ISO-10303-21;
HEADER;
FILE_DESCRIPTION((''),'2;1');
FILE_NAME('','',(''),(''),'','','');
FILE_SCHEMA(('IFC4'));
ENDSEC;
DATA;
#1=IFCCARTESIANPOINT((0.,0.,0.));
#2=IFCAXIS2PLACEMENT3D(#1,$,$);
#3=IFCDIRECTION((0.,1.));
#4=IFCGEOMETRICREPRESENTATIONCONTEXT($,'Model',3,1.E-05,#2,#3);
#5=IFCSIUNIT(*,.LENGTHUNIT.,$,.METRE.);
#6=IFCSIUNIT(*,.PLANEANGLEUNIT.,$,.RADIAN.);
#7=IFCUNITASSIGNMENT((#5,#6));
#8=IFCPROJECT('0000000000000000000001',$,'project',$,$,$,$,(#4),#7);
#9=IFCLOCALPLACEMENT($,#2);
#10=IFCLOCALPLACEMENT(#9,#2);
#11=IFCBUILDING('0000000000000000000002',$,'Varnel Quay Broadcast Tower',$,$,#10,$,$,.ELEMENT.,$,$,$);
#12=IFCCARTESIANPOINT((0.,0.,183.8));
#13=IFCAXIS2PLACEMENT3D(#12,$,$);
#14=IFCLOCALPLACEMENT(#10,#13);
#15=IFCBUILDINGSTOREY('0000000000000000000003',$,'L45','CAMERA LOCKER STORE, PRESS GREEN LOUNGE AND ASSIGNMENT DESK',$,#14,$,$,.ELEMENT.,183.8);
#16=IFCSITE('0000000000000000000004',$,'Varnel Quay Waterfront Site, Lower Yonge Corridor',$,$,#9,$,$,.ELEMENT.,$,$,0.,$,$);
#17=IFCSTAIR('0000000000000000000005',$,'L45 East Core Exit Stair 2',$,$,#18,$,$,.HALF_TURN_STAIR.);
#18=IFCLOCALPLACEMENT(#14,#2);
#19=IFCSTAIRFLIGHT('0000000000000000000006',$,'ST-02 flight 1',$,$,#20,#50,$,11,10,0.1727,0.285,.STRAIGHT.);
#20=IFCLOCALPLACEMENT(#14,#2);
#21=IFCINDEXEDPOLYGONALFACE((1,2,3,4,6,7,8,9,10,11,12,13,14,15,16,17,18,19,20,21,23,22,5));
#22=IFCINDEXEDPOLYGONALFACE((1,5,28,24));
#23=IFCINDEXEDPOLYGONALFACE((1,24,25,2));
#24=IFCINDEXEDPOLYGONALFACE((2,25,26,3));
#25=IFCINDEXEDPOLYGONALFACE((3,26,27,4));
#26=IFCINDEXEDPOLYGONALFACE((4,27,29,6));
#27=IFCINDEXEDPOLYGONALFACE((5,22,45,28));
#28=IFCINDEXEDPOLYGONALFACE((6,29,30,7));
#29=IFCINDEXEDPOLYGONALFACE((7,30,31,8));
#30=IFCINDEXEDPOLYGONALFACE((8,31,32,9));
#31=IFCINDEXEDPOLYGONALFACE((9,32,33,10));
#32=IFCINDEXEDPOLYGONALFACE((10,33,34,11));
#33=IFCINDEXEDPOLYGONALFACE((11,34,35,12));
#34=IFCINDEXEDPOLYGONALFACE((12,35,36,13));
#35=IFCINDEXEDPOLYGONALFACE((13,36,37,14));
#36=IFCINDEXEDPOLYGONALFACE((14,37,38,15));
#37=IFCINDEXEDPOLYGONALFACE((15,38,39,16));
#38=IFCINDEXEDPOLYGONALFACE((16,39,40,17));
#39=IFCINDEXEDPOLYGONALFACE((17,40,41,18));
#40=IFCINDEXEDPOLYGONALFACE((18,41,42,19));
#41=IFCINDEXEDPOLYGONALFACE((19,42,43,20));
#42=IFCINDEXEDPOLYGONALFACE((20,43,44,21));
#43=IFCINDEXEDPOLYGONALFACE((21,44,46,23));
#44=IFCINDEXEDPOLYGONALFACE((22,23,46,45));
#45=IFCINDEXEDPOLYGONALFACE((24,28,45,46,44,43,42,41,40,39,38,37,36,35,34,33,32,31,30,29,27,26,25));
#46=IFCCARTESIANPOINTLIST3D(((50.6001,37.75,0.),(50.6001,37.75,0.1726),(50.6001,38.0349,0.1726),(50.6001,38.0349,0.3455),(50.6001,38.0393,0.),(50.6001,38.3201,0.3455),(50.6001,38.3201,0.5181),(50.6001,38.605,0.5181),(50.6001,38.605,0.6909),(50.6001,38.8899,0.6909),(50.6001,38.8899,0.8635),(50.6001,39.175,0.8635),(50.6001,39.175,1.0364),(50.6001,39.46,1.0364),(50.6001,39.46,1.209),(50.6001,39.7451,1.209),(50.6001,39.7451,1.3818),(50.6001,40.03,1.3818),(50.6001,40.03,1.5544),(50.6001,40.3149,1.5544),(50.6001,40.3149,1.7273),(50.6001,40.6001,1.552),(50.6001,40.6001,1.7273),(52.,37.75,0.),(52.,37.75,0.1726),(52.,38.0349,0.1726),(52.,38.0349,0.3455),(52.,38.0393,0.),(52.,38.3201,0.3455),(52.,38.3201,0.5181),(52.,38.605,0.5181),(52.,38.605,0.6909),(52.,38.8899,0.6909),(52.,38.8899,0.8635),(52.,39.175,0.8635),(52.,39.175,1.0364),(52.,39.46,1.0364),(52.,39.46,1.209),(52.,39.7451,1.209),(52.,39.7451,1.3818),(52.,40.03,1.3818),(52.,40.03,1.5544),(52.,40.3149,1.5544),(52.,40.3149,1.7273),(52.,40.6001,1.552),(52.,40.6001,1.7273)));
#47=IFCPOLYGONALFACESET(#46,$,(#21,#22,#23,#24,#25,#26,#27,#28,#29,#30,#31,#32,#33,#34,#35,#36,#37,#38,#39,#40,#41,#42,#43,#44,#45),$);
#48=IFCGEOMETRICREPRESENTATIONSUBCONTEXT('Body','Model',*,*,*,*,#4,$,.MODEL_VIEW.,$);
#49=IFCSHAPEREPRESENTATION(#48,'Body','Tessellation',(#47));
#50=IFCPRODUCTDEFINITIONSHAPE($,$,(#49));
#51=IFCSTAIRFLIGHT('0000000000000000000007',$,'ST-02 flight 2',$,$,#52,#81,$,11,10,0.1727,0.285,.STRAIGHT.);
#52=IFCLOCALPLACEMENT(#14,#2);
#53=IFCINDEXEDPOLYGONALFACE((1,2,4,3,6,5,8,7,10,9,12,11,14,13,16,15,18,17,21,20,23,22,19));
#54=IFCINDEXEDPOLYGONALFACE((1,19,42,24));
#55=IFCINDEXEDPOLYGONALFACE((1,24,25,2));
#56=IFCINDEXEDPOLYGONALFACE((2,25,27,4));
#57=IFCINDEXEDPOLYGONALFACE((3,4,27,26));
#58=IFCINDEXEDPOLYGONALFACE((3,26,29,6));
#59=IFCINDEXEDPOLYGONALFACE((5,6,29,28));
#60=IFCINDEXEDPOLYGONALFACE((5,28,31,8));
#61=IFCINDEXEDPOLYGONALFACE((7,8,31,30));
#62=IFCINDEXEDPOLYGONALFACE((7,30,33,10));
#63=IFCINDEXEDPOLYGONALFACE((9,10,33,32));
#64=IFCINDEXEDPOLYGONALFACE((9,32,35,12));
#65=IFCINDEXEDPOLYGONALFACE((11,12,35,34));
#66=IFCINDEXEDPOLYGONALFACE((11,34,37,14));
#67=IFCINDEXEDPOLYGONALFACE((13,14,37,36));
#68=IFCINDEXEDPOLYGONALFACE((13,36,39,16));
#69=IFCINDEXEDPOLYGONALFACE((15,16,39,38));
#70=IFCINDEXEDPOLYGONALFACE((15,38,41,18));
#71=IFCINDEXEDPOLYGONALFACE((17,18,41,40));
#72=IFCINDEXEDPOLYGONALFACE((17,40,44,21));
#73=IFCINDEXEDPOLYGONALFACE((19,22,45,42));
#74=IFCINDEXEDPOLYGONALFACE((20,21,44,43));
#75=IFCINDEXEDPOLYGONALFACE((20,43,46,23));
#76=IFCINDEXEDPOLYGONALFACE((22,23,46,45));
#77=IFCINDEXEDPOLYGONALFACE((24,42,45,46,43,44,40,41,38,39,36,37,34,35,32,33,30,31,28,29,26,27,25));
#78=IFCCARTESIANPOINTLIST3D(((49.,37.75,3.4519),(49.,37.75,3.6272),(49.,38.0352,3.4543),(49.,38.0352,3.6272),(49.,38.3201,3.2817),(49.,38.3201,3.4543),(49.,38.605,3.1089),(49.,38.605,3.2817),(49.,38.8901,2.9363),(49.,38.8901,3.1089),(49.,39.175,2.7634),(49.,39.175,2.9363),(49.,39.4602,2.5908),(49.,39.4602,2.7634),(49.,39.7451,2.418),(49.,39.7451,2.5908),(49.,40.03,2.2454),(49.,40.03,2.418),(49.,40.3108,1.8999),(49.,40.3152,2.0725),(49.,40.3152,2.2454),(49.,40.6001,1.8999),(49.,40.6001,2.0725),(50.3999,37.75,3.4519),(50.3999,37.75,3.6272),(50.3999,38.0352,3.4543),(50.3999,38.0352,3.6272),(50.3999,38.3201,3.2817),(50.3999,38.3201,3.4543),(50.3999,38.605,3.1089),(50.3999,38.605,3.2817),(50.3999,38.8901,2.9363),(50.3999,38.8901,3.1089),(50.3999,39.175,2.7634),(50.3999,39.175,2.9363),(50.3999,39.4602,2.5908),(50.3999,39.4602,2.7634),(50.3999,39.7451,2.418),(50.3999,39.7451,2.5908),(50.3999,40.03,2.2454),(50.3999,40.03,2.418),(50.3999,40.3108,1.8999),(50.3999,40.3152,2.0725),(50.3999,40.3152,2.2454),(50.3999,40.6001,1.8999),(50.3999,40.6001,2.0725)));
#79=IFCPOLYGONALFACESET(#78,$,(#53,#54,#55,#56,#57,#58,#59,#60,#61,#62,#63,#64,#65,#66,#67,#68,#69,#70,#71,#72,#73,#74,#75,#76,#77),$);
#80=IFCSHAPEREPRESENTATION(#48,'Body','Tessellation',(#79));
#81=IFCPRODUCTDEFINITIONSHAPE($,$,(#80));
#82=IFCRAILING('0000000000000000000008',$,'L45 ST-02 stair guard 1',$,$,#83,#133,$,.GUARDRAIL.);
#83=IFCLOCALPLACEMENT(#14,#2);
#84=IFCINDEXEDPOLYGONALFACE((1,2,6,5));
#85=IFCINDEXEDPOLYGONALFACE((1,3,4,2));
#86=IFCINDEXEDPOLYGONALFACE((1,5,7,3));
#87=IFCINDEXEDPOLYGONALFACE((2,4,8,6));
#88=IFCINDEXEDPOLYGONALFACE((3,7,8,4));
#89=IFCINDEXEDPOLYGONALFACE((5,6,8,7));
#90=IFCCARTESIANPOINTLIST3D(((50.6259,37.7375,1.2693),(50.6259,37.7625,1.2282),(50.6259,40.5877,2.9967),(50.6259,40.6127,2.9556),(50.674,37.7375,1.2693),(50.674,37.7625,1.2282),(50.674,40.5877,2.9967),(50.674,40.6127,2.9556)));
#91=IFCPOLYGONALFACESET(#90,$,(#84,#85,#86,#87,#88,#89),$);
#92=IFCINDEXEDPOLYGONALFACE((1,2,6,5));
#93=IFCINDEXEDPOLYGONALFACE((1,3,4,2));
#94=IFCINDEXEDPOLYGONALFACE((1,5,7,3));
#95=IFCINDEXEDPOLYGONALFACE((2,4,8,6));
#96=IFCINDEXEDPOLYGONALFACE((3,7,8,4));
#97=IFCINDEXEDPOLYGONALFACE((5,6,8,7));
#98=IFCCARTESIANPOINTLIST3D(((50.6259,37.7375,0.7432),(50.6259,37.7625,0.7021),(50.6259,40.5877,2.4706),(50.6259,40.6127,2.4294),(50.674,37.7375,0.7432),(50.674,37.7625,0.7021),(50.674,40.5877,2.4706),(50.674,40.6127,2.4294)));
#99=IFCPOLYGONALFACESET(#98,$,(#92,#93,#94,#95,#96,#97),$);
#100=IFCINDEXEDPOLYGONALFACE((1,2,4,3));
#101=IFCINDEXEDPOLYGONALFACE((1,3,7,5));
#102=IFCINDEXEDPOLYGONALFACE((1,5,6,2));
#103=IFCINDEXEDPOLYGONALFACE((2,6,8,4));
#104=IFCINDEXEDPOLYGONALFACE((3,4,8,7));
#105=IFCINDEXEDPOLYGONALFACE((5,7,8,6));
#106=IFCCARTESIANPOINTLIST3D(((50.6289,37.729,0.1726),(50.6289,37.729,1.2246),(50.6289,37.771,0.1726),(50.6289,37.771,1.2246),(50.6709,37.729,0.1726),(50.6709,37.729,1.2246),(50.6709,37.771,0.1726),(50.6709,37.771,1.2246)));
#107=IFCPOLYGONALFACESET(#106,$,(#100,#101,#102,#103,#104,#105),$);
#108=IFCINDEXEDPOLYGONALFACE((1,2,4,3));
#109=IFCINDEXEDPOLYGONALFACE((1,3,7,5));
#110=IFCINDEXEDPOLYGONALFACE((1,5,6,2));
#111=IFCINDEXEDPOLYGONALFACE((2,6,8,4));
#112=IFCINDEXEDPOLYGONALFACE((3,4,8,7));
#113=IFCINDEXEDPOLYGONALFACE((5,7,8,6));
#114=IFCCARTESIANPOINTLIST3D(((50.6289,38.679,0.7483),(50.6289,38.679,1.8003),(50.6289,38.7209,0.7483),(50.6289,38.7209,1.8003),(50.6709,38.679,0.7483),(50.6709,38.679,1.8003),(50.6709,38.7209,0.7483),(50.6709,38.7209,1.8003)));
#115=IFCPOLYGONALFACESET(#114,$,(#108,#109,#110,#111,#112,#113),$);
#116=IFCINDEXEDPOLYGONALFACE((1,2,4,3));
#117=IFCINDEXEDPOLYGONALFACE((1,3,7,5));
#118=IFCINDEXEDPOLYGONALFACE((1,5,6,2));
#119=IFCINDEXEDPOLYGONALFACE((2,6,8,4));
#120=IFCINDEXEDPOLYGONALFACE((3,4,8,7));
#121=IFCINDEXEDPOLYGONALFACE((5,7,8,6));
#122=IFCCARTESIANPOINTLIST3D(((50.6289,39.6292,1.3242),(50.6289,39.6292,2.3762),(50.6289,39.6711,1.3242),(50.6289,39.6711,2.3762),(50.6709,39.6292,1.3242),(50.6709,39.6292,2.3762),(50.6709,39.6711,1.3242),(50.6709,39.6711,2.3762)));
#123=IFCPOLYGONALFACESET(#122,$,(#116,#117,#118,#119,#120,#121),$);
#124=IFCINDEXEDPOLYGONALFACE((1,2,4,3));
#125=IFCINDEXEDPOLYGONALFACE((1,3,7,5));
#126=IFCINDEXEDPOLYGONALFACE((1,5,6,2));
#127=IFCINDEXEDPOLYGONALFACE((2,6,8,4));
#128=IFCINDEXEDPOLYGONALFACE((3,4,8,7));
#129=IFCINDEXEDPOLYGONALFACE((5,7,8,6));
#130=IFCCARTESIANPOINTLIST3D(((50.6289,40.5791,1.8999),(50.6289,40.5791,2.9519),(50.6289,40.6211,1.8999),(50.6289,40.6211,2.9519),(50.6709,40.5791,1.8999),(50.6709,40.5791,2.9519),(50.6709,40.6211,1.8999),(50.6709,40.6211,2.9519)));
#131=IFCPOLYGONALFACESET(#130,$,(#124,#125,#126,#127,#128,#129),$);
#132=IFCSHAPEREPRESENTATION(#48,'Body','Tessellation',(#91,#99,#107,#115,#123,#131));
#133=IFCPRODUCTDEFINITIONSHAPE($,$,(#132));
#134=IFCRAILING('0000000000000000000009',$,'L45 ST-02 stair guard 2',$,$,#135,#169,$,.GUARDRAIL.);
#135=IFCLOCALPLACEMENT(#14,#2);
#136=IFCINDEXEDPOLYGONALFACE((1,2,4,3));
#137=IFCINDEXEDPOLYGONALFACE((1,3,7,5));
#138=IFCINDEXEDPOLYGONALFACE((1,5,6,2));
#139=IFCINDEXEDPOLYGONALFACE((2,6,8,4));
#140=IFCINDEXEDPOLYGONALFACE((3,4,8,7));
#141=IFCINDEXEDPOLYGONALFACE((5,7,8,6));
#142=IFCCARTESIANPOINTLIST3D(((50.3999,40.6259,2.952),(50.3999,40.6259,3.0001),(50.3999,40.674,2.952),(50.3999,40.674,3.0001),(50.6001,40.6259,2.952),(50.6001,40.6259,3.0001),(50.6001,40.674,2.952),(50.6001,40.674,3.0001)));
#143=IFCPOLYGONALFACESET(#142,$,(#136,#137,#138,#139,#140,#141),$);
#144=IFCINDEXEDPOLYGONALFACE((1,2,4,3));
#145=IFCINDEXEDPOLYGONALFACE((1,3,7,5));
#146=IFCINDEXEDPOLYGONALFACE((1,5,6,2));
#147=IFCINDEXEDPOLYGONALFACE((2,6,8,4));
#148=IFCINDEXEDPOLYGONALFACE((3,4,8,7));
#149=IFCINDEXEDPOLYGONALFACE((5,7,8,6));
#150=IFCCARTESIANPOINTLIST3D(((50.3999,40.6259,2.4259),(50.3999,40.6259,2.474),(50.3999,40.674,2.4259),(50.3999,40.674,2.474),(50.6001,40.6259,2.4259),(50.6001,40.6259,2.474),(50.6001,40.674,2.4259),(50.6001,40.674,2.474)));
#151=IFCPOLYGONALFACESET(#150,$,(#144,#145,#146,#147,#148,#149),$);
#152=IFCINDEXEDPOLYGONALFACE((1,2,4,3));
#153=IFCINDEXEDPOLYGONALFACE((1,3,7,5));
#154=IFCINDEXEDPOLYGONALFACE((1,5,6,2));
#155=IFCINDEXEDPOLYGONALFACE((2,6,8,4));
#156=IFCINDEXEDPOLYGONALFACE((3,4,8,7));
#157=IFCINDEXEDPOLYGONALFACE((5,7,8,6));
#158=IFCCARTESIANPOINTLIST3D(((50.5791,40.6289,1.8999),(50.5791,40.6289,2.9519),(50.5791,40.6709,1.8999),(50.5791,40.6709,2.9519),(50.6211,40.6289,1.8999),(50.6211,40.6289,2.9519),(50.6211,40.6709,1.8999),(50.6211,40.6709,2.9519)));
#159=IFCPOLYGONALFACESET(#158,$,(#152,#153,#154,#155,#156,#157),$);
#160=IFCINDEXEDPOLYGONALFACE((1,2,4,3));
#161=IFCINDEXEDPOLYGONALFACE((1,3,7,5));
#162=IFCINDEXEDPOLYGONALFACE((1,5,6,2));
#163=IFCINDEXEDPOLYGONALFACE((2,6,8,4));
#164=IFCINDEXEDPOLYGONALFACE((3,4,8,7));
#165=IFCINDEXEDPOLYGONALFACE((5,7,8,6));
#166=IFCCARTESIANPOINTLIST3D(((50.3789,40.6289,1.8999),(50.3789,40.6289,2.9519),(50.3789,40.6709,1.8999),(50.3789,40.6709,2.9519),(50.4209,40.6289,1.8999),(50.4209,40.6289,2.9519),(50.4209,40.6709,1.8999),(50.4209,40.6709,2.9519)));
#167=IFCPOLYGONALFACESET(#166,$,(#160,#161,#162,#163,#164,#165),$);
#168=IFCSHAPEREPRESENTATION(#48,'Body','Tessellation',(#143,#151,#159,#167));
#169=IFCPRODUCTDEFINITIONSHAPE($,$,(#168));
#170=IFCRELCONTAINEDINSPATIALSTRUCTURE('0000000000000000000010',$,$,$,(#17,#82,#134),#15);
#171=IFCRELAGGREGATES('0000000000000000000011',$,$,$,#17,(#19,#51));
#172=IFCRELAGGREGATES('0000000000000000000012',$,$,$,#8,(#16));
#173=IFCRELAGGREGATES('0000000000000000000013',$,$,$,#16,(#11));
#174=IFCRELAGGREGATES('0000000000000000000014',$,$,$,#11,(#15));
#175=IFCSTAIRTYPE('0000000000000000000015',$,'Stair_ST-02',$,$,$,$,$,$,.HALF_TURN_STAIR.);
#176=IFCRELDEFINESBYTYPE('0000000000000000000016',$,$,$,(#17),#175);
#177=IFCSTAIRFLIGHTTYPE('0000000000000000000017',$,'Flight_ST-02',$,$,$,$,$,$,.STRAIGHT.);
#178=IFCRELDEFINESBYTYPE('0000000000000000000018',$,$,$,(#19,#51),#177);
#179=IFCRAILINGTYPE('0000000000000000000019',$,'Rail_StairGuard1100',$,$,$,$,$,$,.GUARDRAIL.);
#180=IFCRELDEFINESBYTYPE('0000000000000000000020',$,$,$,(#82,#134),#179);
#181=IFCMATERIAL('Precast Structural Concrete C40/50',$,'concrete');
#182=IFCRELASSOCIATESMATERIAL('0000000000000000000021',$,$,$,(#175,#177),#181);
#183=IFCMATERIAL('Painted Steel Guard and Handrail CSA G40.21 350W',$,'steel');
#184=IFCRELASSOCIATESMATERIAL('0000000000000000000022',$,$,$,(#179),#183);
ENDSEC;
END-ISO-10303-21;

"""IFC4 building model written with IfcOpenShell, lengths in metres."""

from ifc_helpers import new_model, si_unit, direction, frame, origin, origin_2d, place, context, subcontext, project, spatial, polyline, rectangle, outline, extrude, material, type_object, element, aggregate, save


model = new_model("IFC4")

# Units and contexts
model_context = context("Model", 3, precision=1e-05, world=origin(), true_north=direction((0.0, 1.0)))
body_context = subcontext(model_context, "Body", "Model", "MODEL_VIEW")
ifc_project = project(units=[si_unit("LENGTHUNIT", "METRE"), si_unit("PLANEANGLEUNIT", "RADIAN")], contexts=[model_context])

# Site, building, storey
site_placement = place(None, origin())
site = spatial("IfcSite", under=ifc_project, at=site_placement, Name="Varnel Quay Waterfront Site, Lower Yonge Corridor", CompositionType="ELEMENT", RefElevation=0.0)
building_placement = place(site_placement, origin())
building = spatial("IfcBuilding", under=site, at=building_placement, Name="Varnel Quay Broadcast Tower", CompositionType="ELEMENT")
storey_placement = place(building_placement, frame((0.0, 0.0, 183.8)))
storey = spatial("IfcBuildingStorey", under=building, at=storey_placement, Name="L45", Description="CAMERA LOCKER STORE, PRESS GREEN LOUNGE AND ASSIGNMENT DESK", CompositionType="ELEMENT", Elevation=183.8)

# Stair, stair flights
ifc_material_1 = material(Name="Precast Structural Concrete C40/50", Category="concrete")
stair_type = type_object("IfcStairType", Name="Stair_ST-02", PredefinedType="HALF_TURN_STAIR", material=ifc_material_1)
stair_placement = place(storey_placement, origin())
stair = element("IfcStair", 1, at=stair_placement, inside=storey, type_object=stair_type, Name="L45 East Core Exit Stair 2", PredefinedType="HALF_TURN_STAIR")
stair_flight_type = type_object("IfcStairFlightType", Name="Flight_ST-02", PredefinedType="STRAIGHT", material=ifc_material_1)
stair_flight_1_placement = place(storey_placement, frame((51.3, 37.75, 0.0), z_axis=(0.0, 0.0, 1.0), x_axis=(0.0, 1.0, 0.0)))
stair_flight_1 = element("IfcStairFlight", 2, at=stair_flight_1_placement, type_object=stair_flight_type, Name="ST-02 flight 1", NumberOfRisers=11, NumberOfTreads=10, PredefinedType="STRAIGHT", RiserHeight=0.1727, TreadLength=0.285, context=body_context, shape_type="SweptSolid", body=[
    extrude(outline(polyline([(0.0, 0.0), (0.0, 0.1726), (0.2849, 0.1726), (0.2849, 0.3455), (0.5701, 0.3455), (0.5701, 0.5181), (0.855, 0.5181), (0.855, 0.6909), (1.1399, 0.6909), (1.1399, 0.8635), (1.425, 0.8635), (1.425, 1.0364), (1.71, 1.0364), (1.71, 1.209), (1.9951, 1.209), (1.9951, 1.3818), (2.28, 1.3818), (2.28, 1.5544), (2.5649, 1.5544), (2.5649, 1.7273), (2.8501, 1.7273), (2.8501, 1.8999), (2.8501, 1.552), (0.2893, 0.0), (0.0, 0.0)])), frame((0.0, 0.7, 0.0), z_axis=(0.0, -1.0, 0.0), x_axis=(1.0, 0.0, 0.0)), (0.0, 0.0, 1.0), 1.3999),
])
stair_flight_2_placement = place(storey_placement, frame((49.7, 40.6001, 1.8999), z_axis=(0.0, 0.0, 1.0), x_axis=(0.0, -1.0, 0.0)))
stair_flight_2 = element("IfcStairFlight", 3, at=stair_flight_2_placement, type_object=stair_flight_type, Name="ST-02 flight 2", NumberOfRisers=11, NumberOfTreads=10, PredefinedType="STRAIGHT", RiserHeight=0.1727, TreadLength=0.285, context=body_context, shape_type="SweptSolid", body=[
    extrude(outline(polyline([(0.0, 0.0), (0.0, 0.1726), (0.2849, 0.1726), (0.2849, 0.3455), (0.5701, 0.3455), (0.5701, 0.5181), (0.855, 0.5181), (0.855, 0.6909), (1.1399, 0.6909), (1.1399, 0.8635), (1.425, 0.8635), (1.425, 1.0364), (1.71, 1.0364), (1.71, 1.209), (1.9951, 1.209), (1.9951, 1.3818), (2.28, 1.3818), (2.28, 1.5544), (2.5649, 1.5544), (2.5649, 1.7273), (2.8501, 1.7273), (2.8501, 1.8999), (2.8501, 1.552), (0.2893, 0.0), (0.0, 0.0)])), frame((0.0, 0.7, 0.0), z_axis=(0.0, -1.0, 0.0), x_axis=(1.0, 0.0, 0.0)), (0.0, 0.0, 1.0), 1.3999),
])
aggregate(stair, [stair_flight_1, stair_flight_2])

# Railings
ifc_material_2 = material(Name="Painted Steel Guard and Handrail CSA G40.21 350W", Category="steel")
railing_type_1 = type_object("IfcRailingType", Name="Rail_StairGuard1100", PredefinedType="GUARDRAIL", material=ifc_material_2)
railing_1_placement = place(storey_placement, frame((50.6499, 37.75, 0.1726)))
element("IfcRailing", 4, at=railing_1_placement, inside=storey, type_object=railing_type_1, Name="L45 ST-02 stair guard 1", PredefinedType="GUARDRAIL", context=body_context, shape_type="SweptSolid", body=[
    extrude(rectangle(XDim=0.0481, YDim=0.0481, at=origin_2d()), frame((0.0, 0.0, 1.0762), z_axis=(0.0, 0.855203, 0.518294), x_axis=(-1.0, 0.0, 0.0)), (0.0, 0.0, 1.0), 3.3328),
    extrude(rectangle(XDim=0.0481, YDim=0.0481, at=origin_2d()), frame((0.0, 0.0, 0.55), z_axis=(0.0, 0.855203, 0.518294), x_axis=(-1.0, 0.0, 0.0)), (0.0, 0.0, 1.0), 3.3328),
    extrude(rectangle(XDim=0.042, YDim=0.042, at=origin_2d()), origin(), (0.0, 0.0, 1.0), 1.052),
    extrude(rectangle(XDim=0.042, YDim=0.042, at=origin_2d()), frame((0.0, 0.95, 0.5757)), (0.0, 0.0, 1.0), 1.052),
    extrude(rectangle(XDim=0.042, YDim=0.042, at=origin_2d()), frame((0.0, 1.9001, 1.1516)), (0.0, 0.0, 1.0), 1.052),
    extrude(rectangle(XDim=0.042, YDim=0.042, at=origin_2d()), frame((0.0, 2.8501, 1.7273)), (0.0, 0.0, 1.0), 1.052),
])
railing_2_placement = place(storey_placement, frame((50.6001, 40.6499, 1.8999)))
element("IfcRailing", 5, at=railing_2_placement, inside=storey, type_object=railing_type_1, Name="L45 ST-02 stair guard 2", PredefinedType="GUARDRAIL", context=body_context, shape_type="SweptSolid", body=[
    extrude(rectangle(XDim=0.0481, YDim=0.0481, at=origin_2d()), frame((0.0, 0.0, 1.0762), z_axis=(-1.0, 0.0, 0.0), x_axis=(0.0, -1.0, 0.0)), (0.0, 0.0, 1.0), 0.2002),
    extrude(rectangle(XDim=0.0481, YDim=0.0481, at=origin_2d()), frame((0.0, 0.0, 0.55), z_axis=(-1.0, 0.0, 0.0), x_axis=(0.0, -1.0, 0.0)), (0.0, 0.0, 1.0), 0.2002),
    extrude(rectangle(XDim=0.042, YDim=0.042, at=origin_2d()), origin(), (0.0, 0.0, 1.0), 1.052),
    extrude(rectangle(XDim=0.042, YDim=0.042, at=origin_2d()), frame((-0.2002, 0.0, 0.0)), (0.0, 0.0, 1.0), 1.052),
])

save(model, "model.ifc")
